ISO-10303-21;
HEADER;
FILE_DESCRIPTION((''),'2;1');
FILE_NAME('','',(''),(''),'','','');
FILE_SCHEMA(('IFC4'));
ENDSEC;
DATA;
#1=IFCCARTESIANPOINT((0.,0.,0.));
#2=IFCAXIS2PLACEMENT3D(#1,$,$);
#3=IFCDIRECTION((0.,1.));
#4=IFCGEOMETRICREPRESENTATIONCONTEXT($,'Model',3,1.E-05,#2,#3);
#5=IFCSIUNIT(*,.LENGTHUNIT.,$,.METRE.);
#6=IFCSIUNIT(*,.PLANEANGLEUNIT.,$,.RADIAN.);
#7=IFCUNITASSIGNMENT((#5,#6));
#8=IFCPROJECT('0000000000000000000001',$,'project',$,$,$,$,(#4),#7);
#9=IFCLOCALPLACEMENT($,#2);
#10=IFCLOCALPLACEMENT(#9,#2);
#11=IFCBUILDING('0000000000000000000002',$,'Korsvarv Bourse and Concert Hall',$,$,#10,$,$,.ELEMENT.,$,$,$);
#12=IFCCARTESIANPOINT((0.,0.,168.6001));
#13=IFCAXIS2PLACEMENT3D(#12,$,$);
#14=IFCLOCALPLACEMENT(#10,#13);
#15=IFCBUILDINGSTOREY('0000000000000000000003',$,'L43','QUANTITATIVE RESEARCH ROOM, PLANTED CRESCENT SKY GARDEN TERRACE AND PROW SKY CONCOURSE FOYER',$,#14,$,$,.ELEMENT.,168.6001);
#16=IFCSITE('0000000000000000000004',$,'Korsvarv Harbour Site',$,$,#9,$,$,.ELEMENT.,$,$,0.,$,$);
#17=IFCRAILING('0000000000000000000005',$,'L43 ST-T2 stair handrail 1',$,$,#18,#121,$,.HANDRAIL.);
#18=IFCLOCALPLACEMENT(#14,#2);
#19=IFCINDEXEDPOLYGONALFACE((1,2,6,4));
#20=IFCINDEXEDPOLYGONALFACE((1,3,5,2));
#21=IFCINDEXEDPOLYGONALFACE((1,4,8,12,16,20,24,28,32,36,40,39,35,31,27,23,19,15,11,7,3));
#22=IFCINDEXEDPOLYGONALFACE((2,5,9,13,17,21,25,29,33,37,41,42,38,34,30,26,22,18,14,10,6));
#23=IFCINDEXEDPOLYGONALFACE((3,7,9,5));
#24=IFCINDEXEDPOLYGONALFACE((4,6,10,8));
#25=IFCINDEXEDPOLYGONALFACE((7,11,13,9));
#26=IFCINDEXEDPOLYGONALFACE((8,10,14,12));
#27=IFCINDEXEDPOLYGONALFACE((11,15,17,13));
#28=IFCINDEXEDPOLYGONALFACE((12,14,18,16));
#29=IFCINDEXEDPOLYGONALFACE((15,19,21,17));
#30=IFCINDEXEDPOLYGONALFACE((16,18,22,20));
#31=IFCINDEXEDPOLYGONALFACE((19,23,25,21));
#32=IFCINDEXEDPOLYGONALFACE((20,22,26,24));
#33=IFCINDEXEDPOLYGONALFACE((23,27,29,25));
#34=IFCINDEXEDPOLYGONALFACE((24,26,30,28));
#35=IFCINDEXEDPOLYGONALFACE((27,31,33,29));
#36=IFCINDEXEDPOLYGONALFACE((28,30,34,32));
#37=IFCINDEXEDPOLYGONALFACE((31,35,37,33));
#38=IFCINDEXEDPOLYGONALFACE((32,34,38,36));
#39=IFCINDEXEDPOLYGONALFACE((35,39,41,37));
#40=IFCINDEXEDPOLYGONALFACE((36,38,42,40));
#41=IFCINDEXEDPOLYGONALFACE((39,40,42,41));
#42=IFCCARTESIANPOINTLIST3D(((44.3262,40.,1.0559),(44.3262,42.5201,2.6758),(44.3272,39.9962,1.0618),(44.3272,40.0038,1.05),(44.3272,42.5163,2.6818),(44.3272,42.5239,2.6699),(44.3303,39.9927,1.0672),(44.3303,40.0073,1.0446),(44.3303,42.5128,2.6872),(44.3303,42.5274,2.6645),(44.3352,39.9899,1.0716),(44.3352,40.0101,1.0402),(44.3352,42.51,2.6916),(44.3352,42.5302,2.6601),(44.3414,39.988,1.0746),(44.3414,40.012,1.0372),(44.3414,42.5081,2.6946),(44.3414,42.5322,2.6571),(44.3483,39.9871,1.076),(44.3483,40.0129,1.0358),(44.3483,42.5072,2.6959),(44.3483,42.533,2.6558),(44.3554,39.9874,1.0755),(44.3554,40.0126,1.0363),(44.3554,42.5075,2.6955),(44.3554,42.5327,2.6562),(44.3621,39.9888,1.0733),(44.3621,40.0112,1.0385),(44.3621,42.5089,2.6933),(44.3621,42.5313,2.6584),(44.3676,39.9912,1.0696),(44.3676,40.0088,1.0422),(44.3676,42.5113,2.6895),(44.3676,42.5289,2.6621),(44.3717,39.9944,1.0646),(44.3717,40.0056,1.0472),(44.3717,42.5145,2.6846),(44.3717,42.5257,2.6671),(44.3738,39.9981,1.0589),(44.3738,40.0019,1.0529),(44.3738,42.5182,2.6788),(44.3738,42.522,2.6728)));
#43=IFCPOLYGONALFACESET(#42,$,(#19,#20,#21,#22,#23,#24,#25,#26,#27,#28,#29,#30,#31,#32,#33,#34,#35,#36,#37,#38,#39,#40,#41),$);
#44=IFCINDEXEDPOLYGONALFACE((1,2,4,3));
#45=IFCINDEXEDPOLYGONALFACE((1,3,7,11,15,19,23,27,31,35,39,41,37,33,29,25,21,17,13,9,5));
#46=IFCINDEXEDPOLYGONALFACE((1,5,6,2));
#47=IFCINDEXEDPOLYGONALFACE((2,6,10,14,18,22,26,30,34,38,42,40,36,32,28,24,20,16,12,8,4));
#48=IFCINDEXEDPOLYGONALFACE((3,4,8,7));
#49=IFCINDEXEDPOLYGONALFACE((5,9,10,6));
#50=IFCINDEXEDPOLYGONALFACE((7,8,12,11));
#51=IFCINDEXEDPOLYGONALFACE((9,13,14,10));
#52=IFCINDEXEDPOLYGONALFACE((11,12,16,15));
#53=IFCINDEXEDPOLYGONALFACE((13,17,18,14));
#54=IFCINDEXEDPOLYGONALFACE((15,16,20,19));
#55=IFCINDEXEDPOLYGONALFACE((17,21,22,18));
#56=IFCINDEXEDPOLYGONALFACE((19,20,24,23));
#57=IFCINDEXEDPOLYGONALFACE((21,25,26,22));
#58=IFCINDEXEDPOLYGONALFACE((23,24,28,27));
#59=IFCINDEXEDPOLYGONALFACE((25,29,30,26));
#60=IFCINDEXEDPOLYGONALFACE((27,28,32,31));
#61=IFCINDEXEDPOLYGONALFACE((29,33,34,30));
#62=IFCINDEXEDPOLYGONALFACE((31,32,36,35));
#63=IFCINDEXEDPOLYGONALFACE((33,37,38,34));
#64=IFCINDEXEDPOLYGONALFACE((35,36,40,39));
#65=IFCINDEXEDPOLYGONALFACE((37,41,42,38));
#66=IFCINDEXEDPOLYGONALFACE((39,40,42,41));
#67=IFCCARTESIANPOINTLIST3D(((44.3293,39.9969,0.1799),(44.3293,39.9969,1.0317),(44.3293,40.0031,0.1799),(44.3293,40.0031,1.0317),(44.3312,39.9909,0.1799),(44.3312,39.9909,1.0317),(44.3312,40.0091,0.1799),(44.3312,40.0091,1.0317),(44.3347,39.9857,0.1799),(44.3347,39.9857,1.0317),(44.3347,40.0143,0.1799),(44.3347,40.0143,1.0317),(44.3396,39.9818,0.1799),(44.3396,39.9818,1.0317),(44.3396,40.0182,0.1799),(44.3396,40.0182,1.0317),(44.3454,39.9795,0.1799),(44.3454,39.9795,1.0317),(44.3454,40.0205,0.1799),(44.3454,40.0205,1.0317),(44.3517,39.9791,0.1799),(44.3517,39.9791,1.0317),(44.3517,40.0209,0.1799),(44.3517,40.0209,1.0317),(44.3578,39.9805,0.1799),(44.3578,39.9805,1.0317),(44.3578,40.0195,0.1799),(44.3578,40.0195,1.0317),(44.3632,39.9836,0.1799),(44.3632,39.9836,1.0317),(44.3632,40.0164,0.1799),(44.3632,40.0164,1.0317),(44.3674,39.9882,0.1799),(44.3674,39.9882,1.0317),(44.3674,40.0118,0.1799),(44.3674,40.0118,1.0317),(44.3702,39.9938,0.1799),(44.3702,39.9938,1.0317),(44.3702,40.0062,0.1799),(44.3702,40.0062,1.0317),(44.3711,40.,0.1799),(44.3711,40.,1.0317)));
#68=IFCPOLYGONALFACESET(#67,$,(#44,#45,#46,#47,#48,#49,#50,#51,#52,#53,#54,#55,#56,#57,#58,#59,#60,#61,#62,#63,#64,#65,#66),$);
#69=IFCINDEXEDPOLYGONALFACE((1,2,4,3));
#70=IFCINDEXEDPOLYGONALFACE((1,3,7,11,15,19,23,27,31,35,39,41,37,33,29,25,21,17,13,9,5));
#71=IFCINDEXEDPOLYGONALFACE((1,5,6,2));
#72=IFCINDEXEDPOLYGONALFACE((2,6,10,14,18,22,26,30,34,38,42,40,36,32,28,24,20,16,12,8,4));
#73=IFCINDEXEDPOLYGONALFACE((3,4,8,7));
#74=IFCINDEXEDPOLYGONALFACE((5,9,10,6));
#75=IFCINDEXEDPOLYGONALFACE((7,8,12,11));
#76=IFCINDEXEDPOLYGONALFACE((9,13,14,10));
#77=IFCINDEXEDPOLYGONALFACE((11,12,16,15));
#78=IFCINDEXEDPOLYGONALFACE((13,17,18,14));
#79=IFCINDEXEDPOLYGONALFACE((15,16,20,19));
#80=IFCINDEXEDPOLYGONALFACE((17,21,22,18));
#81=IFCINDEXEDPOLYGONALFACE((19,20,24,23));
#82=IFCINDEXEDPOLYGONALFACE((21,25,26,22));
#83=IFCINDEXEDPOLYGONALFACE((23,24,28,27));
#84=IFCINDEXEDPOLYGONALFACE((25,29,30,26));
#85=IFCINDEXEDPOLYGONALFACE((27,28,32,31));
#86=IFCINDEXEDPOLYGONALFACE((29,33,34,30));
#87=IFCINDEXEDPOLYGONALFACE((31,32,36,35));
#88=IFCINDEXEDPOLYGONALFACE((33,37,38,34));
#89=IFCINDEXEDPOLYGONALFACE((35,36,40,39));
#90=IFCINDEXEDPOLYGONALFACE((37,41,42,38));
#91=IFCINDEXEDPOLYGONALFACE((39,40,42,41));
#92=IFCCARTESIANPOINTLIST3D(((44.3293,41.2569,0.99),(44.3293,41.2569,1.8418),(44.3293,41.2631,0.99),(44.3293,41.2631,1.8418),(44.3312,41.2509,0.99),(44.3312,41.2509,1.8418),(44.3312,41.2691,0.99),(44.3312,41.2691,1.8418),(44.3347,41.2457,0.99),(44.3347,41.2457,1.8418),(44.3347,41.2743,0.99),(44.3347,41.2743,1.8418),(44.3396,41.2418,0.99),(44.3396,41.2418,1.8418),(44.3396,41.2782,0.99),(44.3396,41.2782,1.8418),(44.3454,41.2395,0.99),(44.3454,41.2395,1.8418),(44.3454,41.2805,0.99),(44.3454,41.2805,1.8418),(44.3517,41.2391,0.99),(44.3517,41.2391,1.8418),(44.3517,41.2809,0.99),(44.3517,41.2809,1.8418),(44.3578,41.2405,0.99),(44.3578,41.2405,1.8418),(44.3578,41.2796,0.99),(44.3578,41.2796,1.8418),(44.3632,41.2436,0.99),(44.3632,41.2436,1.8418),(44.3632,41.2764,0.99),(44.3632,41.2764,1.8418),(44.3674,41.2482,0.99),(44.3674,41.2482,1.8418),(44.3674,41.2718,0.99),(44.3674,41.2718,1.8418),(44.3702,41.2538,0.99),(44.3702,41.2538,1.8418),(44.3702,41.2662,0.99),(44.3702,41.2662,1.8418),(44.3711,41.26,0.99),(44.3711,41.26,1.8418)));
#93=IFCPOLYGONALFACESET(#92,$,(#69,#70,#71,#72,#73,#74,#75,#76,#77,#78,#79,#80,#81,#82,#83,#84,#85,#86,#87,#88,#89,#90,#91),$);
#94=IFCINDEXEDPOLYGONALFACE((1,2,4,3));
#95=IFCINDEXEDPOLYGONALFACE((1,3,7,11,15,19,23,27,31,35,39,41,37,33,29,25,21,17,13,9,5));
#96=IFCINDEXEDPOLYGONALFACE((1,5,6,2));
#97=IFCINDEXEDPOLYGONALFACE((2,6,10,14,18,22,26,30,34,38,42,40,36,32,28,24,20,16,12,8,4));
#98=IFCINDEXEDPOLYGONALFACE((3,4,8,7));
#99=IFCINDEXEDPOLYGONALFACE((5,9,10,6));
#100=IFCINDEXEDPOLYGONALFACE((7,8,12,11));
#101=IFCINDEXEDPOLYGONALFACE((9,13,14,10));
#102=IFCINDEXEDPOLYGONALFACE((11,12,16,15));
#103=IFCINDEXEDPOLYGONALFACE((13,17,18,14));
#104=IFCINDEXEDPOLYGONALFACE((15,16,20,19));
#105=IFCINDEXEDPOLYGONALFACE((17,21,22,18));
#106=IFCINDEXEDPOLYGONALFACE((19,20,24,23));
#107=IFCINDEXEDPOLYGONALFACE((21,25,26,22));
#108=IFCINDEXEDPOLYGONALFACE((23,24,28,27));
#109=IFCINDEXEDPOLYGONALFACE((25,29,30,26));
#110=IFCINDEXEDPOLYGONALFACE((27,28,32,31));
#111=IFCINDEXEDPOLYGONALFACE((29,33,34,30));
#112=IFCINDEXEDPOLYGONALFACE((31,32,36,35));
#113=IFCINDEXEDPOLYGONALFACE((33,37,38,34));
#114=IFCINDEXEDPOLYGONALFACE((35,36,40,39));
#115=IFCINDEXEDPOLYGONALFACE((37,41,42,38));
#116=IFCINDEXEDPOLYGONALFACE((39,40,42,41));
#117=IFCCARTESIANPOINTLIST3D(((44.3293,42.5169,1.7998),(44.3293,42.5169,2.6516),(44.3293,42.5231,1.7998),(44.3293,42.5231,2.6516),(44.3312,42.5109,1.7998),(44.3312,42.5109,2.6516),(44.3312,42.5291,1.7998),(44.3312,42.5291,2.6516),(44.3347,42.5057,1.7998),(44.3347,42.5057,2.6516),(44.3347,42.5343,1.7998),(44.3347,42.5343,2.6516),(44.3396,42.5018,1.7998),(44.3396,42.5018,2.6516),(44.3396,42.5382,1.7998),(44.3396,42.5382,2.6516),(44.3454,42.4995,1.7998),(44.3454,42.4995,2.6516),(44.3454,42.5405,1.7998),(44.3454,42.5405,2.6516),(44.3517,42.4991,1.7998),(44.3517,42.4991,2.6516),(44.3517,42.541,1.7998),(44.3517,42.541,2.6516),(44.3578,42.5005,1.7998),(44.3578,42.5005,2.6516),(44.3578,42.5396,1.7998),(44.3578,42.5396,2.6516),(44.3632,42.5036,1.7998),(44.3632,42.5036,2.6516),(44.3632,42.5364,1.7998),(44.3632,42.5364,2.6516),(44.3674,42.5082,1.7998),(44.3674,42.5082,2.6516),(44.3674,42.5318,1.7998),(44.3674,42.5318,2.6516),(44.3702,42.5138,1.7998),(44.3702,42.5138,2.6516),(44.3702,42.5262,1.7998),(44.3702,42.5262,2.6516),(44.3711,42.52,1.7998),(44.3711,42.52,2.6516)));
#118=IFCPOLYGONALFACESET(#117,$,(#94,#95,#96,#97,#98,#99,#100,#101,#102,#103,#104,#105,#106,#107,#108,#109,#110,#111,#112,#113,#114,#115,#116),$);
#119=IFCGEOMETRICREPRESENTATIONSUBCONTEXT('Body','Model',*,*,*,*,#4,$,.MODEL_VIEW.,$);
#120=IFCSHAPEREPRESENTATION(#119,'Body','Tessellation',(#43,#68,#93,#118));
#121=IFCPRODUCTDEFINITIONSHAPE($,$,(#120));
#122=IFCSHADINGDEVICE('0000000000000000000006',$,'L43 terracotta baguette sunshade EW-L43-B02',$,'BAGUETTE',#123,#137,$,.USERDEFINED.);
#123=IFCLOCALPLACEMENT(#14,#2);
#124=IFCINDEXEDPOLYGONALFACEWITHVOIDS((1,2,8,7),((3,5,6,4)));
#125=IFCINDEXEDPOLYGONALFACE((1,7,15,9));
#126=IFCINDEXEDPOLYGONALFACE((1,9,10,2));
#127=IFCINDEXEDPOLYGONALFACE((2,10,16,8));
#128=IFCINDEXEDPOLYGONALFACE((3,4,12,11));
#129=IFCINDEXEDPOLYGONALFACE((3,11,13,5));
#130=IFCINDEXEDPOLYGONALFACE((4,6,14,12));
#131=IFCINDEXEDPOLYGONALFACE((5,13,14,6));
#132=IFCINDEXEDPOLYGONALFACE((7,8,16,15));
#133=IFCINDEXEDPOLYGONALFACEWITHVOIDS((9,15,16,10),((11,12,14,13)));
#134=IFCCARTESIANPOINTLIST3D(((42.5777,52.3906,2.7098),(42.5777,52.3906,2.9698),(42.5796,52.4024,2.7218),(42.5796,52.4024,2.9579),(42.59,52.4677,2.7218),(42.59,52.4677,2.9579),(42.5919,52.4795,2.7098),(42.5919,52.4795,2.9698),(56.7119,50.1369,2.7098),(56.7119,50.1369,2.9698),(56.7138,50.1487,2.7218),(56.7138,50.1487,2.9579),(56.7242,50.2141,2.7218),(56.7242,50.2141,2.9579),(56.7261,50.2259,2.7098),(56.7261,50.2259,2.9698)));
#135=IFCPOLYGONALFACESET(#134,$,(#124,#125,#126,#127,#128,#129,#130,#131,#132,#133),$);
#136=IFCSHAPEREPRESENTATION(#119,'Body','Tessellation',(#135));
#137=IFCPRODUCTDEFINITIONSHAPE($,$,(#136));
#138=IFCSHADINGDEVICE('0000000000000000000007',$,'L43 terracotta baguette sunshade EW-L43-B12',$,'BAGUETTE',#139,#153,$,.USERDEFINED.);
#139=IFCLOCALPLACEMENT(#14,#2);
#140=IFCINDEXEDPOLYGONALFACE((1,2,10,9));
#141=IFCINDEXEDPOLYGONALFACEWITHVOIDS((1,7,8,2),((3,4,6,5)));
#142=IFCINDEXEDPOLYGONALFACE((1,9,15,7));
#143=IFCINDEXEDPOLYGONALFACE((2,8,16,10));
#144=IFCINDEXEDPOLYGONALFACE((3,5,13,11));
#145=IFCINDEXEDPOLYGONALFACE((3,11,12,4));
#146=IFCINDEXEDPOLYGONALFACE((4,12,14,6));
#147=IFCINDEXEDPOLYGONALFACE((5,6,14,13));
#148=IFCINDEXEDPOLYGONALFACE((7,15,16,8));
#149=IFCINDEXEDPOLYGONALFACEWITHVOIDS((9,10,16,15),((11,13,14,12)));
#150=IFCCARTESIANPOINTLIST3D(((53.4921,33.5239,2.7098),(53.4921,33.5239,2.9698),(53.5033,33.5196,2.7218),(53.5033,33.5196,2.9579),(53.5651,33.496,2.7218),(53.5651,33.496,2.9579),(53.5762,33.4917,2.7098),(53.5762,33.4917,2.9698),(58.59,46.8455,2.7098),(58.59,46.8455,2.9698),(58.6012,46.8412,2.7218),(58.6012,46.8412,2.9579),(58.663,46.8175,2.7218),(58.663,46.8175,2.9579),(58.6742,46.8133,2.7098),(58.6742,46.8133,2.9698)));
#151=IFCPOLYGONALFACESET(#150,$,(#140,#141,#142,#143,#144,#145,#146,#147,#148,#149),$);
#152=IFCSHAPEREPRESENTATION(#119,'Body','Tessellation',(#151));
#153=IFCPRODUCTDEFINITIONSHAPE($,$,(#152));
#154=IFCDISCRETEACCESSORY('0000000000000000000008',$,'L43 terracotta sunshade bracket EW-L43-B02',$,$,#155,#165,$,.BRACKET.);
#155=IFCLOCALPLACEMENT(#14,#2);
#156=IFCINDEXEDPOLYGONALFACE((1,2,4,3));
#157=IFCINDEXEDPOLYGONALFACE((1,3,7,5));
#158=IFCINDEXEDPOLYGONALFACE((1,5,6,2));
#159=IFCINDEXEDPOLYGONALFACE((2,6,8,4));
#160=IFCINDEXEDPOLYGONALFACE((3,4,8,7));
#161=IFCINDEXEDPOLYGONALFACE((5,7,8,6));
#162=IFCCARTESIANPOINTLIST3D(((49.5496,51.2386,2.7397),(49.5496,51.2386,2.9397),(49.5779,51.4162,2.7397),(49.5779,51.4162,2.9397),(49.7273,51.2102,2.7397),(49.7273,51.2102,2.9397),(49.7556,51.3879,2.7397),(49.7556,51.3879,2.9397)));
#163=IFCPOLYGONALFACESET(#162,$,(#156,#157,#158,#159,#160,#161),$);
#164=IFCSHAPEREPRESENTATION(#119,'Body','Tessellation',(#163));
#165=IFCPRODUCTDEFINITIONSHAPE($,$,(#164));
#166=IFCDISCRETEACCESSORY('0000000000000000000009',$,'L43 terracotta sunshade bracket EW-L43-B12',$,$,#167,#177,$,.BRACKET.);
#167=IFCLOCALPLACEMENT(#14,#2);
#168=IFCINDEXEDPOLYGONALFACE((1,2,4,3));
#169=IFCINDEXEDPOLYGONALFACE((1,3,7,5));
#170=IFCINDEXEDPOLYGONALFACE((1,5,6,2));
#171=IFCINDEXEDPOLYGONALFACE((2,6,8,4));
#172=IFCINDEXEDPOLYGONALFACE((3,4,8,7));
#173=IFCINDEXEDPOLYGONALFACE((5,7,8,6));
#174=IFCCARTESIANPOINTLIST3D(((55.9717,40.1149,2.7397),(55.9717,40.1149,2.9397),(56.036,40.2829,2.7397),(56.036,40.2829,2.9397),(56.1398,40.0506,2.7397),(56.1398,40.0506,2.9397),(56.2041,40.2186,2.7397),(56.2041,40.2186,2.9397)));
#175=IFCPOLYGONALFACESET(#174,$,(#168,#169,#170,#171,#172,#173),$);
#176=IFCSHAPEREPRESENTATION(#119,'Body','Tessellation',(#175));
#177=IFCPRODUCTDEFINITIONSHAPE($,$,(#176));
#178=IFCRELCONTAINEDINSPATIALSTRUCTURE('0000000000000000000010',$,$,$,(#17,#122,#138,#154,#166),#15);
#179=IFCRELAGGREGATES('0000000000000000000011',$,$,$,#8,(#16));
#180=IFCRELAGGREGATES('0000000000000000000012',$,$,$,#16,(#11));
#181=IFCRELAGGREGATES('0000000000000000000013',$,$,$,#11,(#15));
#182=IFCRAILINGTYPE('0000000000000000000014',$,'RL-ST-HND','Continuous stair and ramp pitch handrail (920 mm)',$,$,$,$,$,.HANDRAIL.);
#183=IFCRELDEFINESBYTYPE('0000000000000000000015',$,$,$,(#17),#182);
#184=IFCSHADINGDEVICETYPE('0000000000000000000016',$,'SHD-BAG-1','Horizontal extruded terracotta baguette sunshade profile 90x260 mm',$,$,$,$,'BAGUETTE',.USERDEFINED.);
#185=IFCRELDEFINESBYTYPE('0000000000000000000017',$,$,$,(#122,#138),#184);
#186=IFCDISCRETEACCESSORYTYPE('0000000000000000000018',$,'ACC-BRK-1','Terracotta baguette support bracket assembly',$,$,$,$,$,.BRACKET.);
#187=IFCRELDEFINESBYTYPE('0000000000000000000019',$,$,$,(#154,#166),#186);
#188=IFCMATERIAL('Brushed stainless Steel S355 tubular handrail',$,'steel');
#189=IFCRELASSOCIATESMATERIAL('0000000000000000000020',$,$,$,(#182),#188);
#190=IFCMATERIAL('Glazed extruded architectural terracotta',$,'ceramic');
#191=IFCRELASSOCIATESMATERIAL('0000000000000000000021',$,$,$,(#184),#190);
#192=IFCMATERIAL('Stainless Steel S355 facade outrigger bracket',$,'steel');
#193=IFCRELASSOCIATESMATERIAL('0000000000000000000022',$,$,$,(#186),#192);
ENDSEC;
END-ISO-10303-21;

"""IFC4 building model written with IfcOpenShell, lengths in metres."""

from ifc_helpers import new_model, si_unit, direction, frame, origin, origin_2d, place, context, subcontext, project, spatial, rectangle, hollow_rectangle, circle, extrude, source, transform, mapped, material, material_profile, profile_set, type_object, element, save


model = new_model("IFC4")

# Units and contexts
model_context = context("Model", 3, precision=1e-05, world=origin(), true_north=direction((0.0, 1.0)))
body_context = subcontext(model_context, "Body", "Model", "MODEL_VIEW")
ifc_project = project(units=[si_unit("LENGTHUNIT", "METRE"), si_unit("PLANEANGLEUNIT", "RADIAN")], contexts=[model_context])

# Site, building, storey
site_placement = place(None, origin())
site = spatial("IfcSite", under=ifc_project, at=site_placement, Name="Korsvarv Harbour Site", CompositionType="ELEMENT", RefElevation=0.0)
building_placement = place(site_placement, origin())
building = spatial("IfcBuilding", under=site, at=building_placement, Name="Korsvarv Bourse and Concert Hall", CompositionType="ELEMENT")
storey_placement = place(building_placement, frame((0.0, 0.0, 168.6001)))
storey = spatial("IfcBuildingStorey", under=building, at=storey_placement, Name="L43", Description="QUANTITATIVE RESEARCH ROOM, PLANTED CRESCENT SKY GARDEN TERRACE AND PROW SKY CONCOURSE FOYER", CompositionType="ELEMENT", Elevation=168.6001)

# Railing
ifc_material_1 = material(Name="Brushed stainless Steel S355 tubular handrail", Category="steel")
railing_type_1 = type_object("IfcRailingType", Name="RL-ST-HND", Description="Continuous stair and ramp pitch handrail (920 mm)", PredefinedType="HANDRAIL", material=ifc_material_1)
railing_1_placement = place(storey_placement, frame((44.3501, 40.0, 0.1799)))
element("IfcRailing", 1, at=railing_1_placement, inside=storey, type_object=railing_type_1, Name="L43 ST-T2 stair handrail 1", PredefinedType="HANDRAIL", context=body_context, shape_type="SweptSolid", body=[
    extrude(circle(Radius=0.0239, at=origin_2d()), frame((0.0, 0.0, 0.876), z_axis=(0.0, 0.8412, 0.540725), x_axis=(-1.0, 0.0, 0.0)), (0.0, 0.0, 1.0), 2.9958),
    extrude(circle(Radius=0.021, at=origin_2d()), origin(), (0.0, 0.0, 1.0), 0.8518),
    extrude(circle(Radius=0.021, at=origin_2d()), frame((0.0, 1.26, 0.8101)), (0.0, 0.0, 1.0), 0.8518),
    extrude(circle(Radius=0.021, at=origin_2d()), frame((0.0, 2.52, 1.6199)), (0.0, 0.0, 1.0), 0.8518),
])

# Shading devices
ifc_material_2 = material(Name="Glazed extruded architectural terracotta", Category="ceramic")
ifc_material_profile_1 = material_profile(ifc_material_2, hollow_rectangle(XDim=0.0901, YDim=0.26, WallThickness=0.012, at=origin_2d()), Name="TC-BAG 90x260")
ifc_profile_set_1 = profile_set([ifc_material_profile_1], Name="Glazed extruded architectural terracotta")
shading_device_type = type_object("IfcShadingDeviceType", Name="SHD-BAG-1", Description="Horizontal extruded terracotta baguette sunshade profile 90x260 mm", ElementType="BAGUETTE", PredefinedType="USERDEFINED", material=ifc_profile_set_1)
shared_shape_1 = source(origin(), body_context, "Body", "SweptSolid", [
    extrude(hollow_rectangle(XDim=0.0901, YDim=0.26, WallThickness=0.012, at=origin_2d()), origin(), (0.0, 0.0, 1.0), 14.3127),
])
shading_device_1_placement = place(storey_placement, frame((56.719, 50.1814, 2.8398), z_axis=(-0.987526, 0.157458, 0.0), x_axis=(-0.157458, -0.987526, 0.0)))
element("IfcShadingDevice", 2, at=shading_device_1_placement, inside=storey, type_object=shading_device_type, Name="L43 terracotta baguette sunshade EW-L43-B02", ObjectType="BAGUETTE", PredefinedType="USERDEFINED", context=body_context, shape_type="MappedRepresentation", body=[
    mapped(shared_shape_1, transform((0.0, 0.0, 0.0), scale=1.0)),
])
shared_shape_2 = source(origin(), body_context, "Body", "SweptSolid", [
    extrude(hollow_rectangle(XDim=0.0901, YDim=0.26, WallThickness=0.012, at=origin_2d()), origin(), (0.0, 0.0, 1.0), 14.2637),
])
shading_device_2_placement = place(storey_placement, frame((53.5342, 33.5078, 2.8398), z_axis=(0.357405, 0.93395, 0.0), x_axis=(-0.93395, 0.357405, 0.0)))
element("IfcShadingDevice", 3, at=shading_device_2_placement, inside=storey, type_object=shading_device_type, Name="L43 terracotta baguette sunshade EW-L43-B12", ObjectType="BAGUETTE", PredefinedType="USERDEFINED", context=body_context, shape_type="MappedRepresentation", body=[
    mapped(shared_shape_2, transform((0.0, 0.0, 0.0), scale=1.0)),
])

# Discrete accessories
ifc_material_3 = material(Name="Stainless Steel S355 facade outrigger bracket", Category="steel")
discrete_accessory_type = type_object("IfcDiscreteAccessoryType", Name="ACC-BRK-1", Description="Terracotta baguette support bracket assembly", PredefinedType="BRACKET", material=ifc_material_3)
shared_shape_3 = source(origin(), body_context, "Body", "SweptSolid", [
    extrude(rectangle(XDim=0.1799, YDim=0.1799, at=origin_2d()), origin(), (0.0, 0.0, 1.0), 0.2),
])
for number, where, z_axis, x_axis, name in (
    (4, (49.6526, 51.3132, 2.7397), (0.0, 0.0, 1.0), (-0.987524, 0.157469, 0.0), "L43 terracotta sunshade bracket EW-L43-B02"),
    (5, (56.0879, 40.1667, 2.7397), (0.0, 0.0, 1.0), (0.35739, 0.933955, 0.0), "L43 terracotta sunshade bracket EW-L43-B12"),
):
    element("IfcDiscreteAccessory", number, at=place(storey_placement, frame(where, z_axis=z_axis, x_axis=x_axis)), inside=storey, type_object=discrete_accessory_type, Name=name, PredefinedType="BRACKET", context=body_context, shape_type="MappedRepresentation", body=[
        mapped(shared_shape_3, transform((0.0, 0.0, 0.0), scale=1.0)),
    ])

save(model, "model.ifc")
